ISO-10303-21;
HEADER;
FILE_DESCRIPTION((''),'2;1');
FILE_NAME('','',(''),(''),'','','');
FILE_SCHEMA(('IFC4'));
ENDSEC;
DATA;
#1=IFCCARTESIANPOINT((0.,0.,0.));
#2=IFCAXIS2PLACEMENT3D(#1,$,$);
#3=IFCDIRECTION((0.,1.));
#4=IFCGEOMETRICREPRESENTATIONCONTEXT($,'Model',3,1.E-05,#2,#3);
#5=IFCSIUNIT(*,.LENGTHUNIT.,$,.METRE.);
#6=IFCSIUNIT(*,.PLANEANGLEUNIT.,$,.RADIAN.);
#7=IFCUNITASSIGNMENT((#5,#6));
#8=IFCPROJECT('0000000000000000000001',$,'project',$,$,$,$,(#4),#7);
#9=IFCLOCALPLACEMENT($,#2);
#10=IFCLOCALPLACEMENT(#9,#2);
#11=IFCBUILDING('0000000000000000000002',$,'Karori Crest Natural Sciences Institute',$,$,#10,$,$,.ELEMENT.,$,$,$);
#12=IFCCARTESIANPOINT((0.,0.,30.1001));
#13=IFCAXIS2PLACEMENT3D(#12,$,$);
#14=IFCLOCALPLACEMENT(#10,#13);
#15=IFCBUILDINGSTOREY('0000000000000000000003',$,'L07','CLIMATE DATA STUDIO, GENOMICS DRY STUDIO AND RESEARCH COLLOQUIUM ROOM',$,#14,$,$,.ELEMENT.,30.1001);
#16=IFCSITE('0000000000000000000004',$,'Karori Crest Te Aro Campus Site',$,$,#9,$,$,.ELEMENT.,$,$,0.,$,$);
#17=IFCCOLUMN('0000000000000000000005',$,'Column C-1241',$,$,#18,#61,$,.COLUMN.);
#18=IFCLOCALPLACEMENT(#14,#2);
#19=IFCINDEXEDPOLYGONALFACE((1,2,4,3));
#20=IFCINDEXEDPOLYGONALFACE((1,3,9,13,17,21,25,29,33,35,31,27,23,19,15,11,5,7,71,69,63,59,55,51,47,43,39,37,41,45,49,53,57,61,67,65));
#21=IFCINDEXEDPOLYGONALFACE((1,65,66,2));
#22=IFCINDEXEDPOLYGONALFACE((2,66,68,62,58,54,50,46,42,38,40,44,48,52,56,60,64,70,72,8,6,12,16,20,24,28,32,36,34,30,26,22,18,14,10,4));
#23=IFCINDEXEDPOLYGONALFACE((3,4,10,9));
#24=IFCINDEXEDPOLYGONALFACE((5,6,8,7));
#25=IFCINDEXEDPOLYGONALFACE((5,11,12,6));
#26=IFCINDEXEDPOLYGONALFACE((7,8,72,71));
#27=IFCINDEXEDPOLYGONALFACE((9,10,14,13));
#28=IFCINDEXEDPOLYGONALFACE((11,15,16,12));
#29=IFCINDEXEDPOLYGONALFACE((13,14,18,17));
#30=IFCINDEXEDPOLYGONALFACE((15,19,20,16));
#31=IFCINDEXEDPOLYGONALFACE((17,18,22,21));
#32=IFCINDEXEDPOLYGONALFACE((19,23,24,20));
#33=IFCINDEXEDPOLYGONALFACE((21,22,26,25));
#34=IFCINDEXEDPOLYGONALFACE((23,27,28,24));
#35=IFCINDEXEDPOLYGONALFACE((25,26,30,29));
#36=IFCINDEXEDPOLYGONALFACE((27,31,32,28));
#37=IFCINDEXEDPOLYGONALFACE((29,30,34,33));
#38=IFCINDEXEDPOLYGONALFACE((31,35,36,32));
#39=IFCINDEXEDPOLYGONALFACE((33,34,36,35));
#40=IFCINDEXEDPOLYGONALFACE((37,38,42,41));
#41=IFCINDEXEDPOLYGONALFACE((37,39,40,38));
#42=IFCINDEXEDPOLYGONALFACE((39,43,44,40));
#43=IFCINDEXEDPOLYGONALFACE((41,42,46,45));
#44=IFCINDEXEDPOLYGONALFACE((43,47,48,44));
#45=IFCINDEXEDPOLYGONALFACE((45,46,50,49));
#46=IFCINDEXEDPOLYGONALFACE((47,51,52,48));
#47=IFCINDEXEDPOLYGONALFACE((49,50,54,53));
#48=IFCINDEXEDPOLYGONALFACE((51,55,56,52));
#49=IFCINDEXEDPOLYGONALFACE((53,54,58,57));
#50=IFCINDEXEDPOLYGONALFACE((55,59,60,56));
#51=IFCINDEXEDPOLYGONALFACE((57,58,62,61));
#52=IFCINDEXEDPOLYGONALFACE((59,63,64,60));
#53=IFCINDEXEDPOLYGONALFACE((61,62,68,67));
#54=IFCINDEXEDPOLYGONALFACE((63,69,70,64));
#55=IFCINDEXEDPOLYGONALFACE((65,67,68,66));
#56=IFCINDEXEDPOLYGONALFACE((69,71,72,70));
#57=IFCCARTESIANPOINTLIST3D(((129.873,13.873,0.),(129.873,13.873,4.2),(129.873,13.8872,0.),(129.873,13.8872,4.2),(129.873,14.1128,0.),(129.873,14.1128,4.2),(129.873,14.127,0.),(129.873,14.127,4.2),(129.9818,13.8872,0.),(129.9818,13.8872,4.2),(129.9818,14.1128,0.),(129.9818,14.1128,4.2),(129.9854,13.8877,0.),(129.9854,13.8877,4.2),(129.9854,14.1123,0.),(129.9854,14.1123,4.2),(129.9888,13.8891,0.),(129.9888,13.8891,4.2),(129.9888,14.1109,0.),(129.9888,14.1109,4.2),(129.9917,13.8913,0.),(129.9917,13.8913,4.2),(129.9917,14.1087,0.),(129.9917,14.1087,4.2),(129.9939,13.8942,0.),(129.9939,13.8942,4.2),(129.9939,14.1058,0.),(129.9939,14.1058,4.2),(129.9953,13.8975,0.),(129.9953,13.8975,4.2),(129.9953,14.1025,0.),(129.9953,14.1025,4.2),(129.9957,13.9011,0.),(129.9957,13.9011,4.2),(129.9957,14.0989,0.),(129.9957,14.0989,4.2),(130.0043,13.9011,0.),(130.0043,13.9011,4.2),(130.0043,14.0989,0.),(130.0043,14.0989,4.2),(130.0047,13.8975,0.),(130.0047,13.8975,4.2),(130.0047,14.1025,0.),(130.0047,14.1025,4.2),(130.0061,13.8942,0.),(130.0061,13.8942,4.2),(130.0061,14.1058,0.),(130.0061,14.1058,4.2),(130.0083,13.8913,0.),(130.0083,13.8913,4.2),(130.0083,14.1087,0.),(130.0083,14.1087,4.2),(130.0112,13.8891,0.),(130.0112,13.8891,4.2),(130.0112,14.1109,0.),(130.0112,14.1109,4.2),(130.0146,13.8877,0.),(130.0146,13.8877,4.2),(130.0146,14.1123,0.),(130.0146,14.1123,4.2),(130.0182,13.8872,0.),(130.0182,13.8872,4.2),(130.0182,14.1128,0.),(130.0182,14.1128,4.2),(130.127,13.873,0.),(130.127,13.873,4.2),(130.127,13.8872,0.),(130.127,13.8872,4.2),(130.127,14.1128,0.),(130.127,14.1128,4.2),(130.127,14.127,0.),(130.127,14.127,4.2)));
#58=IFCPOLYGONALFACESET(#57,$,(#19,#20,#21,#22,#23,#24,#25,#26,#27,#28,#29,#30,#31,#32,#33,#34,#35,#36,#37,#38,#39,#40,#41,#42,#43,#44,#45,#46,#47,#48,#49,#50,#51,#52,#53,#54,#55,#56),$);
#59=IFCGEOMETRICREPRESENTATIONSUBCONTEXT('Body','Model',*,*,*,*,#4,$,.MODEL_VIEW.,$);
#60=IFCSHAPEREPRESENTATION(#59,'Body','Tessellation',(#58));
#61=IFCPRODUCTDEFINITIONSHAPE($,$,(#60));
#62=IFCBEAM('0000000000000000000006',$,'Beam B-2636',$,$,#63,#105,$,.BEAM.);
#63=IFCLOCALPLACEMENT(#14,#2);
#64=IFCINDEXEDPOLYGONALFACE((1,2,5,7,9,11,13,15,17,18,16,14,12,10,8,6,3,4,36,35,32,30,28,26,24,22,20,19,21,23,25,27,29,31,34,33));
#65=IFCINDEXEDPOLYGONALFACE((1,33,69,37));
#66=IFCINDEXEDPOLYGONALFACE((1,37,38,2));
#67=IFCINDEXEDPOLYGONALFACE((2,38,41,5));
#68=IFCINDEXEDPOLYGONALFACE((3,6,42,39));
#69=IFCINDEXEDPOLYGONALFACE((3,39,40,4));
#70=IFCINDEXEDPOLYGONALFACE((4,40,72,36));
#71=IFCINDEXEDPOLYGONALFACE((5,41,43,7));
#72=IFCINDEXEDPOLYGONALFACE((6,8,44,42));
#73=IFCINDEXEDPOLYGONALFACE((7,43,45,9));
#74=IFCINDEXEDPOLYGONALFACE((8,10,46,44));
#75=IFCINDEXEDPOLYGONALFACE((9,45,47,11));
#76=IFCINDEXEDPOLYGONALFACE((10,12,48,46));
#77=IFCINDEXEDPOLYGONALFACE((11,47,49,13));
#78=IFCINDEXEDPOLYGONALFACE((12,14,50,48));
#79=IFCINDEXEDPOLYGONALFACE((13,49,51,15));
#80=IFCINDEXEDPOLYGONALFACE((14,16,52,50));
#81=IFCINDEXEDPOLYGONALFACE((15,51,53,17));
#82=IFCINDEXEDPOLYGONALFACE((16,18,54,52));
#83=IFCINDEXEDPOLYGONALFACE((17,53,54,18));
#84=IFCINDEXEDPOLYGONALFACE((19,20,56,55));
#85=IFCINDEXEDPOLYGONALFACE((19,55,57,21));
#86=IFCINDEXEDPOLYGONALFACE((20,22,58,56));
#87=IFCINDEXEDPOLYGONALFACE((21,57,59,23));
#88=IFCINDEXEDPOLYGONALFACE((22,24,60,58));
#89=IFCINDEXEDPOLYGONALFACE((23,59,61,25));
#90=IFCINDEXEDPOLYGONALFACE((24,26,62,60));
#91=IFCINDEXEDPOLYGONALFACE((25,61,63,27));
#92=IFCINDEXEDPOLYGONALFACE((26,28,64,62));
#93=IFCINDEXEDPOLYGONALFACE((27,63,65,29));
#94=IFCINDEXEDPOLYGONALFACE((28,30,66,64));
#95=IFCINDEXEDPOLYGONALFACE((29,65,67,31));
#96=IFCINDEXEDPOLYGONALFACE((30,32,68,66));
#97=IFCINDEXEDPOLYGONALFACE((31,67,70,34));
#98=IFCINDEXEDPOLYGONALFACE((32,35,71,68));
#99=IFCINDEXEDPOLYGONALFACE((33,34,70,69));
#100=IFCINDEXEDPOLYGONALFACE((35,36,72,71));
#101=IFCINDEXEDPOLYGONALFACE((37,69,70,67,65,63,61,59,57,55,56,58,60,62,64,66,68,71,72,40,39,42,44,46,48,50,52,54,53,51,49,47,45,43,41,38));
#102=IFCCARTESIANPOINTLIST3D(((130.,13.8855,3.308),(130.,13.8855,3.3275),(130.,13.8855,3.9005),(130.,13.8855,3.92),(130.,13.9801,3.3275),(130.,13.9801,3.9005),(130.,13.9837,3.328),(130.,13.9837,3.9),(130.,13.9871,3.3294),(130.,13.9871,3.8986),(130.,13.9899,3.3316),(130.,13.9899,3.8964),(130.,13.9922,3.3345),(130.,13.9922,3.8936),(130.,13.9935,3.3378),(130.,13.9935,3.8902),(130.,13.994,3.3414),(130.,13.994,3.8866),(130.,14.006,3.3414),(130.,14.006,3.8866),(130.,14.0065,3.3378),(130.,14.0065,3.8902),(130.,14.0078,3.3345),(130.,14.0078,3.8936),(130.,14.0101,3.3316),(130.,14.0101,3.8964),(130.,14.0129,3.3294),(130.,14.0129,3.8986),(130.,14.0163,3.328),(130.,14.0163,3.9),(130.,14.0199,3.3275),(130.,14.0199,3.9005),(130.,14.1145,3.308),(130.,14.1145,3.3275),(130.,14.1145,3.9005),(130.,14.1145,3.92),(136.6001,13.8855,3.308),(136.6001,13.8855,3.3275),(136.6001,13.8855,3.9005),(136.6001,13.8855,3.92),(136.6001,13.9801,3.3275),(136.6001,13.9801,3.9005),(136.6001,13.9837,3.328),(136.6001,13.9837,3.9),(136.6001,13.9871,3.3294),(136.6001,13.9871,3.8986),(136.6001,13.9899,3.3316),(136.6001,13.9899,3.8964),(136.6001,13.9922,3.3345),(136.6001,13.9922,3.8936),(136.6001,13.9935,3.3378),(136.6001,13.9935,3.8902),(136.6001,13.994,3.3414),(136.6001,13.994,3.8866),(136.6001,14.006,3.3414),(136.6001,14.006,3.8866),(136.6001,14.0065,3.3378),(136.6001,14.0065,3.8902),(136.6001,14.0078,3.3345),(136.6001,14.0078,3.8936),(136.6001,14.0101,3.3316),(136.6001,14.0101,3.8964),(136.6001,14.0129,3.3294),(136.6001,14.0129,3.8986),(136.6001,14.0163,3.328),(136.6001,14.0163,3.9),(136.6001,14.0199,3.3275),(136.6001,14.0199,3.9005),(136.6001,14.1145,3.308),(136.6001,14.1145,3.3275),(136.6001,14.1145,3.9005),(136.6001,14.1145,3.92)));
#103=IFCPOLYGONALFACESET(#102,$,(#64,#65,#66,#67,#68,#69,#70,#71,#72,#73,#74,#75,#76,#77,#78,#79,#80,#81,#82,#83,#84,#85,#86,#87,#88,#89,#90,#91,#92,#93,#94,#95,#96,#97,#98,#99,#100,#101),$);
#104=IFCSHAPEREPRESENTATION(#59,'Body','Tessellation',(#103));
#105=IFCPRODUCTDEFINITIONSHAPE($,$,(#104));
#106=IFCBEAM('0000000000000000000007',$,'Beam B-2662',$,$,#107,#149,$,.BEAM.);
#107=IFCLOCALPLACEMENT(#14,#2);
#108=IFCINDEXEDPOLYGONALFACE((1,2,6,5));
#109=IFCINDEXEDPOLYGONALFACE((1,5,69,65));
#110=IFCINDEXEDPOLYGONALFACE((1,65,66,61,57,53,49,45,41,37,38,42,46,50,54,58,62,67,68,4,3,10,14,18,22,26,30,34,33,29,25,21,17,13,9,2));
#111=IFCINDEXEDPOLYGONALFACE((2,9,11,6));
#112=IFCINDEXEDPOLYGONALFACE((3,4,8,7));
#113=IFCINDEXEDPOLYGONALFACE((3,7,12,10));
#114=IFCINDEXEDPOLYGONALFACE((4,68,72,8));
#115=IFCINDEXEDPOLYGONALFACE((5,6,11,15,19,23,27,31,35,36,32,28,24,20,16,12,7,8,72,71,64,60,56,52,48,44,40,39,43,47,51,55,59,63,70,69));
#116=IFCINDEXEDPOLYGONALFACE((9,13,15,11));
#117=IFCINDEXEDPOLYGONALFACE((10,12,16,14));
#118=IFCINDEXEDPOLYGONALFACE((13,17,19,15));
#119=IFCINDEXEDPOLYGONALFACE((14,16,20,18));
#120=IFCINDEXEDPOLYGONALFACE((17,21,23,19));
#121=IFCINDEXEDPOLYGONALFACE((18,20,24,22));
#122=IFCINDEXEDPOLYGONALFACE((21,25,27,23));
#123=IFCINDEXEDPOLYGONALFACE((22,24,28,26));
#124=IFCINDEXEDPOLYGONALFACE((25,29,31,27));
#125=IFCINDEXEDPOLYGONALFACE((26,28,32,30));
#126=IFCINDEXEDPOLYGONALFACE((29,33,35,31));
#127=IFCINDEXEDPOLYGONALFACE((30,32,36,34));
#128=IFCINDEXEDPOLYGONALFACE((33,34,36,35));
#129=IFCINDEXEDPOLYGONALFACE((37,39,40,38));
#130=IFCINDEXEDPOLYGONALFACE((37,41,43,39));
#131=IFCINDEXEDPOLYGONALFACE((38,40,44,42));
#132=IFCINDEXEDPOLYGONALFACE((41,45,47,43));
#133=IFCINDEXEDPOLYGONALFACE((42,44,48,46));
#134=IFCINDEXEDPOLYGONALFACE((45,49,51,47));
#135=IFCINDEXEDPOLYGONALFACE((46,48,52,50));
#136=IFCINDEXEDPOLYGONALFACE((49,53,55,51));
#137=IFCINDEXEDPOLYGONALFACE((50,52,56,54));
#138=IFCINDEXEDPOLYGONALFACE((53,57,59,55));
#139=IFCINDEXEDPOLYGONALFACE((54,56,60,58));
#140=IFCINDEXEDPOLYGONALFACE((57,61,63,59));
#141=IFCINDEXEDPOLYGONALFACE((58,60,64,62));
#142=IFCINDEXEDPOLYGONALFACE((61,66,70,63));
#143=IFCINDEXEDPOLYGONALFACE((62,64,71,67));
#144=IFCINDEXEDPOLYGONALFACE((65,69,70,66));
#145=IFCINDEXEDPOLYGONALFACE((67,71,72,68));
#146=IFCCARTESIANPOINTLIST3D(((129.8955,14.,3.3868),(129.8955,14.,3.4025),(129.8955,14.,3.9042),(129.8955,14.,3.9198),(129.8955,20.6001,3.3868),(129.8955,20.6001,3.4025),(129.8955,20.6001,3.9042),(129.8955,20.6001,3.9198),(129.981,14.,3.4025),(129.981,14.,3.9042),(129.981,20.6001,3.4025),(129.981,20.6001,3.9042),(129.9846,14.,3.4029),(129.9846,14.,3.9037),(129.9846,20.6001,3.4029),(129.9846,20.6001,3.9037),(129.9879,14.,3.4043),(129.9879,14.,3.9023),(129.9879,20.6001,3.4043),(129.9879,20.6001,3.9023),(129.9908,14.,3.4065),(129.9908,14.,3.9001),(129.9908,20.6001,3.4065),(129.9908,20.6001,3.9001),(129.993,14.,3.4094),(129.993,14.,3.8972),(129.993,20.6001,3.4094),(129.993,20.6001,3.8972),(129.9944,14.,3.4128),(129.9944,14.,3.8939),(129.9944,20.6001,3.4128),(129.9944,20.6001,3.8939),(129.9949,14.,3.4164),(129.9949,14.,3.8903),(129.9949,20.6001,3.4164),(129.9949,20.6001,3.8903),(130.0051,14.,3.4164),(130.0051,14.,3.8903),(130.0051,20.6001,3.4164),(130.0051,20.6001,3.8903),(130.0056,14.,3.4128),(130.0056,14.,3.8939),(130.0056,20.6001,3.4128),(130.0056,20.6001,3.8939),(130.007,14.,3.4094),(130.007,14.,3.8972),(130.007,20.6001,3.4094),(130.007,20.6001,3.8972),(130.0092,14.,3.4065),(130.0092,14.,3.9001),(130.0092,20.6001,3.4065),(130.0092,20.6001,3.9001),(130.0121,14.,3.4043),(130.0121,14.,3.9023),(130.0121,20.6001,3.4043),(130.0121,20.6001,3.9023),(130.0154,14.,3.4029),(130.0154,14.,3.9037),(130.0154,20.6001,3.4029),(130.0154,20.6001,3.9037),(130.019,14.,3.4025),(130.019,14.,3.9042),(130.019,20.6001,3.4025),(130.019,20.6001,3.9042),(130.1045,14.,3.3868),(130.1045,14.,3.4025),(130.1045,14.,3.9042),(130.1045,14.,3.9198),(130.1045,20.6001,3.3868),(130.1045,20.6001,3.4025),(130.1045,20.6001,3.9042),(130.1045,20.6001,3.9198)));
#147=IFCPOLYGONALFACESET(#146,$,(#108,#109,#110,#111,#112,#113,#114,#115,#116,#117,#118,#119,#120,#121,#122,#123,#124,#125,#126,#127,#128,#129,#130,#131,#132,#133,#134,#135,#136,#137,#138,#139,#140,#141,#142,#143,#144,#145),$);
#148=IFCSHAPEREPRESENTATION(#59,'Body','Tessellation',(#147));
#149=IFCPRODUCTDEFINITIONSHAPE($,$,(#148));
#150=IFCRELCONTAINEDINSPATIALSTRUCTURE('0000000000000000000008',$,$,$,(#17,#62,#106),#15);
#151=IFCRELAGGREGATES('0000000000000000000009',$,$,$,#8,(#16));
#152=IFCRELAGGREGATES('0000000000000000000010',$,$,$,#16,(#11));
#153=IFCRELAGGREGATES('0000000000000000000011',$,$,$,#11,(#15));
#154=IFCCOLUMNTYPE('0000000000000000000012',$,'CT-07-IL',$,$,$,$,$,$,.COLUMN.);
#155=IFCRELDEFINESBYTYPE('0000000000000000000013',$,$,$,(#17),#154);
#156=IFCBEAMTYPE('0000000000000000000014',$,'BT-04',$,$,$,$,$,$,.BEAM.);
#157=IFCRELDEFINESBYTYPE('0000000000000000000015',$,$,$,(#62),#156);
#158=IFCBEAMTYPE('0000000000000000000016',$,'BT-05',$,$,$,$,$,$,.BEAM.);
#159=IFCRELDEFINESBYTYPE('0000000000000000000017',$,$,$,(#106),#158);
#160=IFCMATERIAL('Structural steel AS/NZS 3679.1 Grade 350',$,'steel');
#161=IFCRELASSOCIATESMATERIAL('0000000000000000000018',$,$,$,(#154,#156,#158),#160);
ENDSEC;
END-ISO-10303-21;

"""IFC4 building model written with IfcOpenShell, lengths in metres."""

from ifc_helpers import new_model, si_unit, direction, frame, origin, origin_2d, place, context, subcontext, project, spatial, i_section, extrude, material, material_profile, profile_set, type_object, element, save


model = new_model("IFC4")

# Units and contexts
model_context = context("Model", 3, precision=1e-05, world=origin(), true_north=direction((0.0, 1.0)))
body_context = subcontext(model_context, "Body", "Model", "MODEL_VIEW")
ifc_project = project(units=[si_unit("LENGTHUNIT", "METRE"), si_unit("PLANEANGLEUNIT", "RADIAN")], contexts=[model_context])

# Site, building, storey
site_placement = place(None, origin())
site = spatial("IfcSite", under=ifc_project, at=site_placement, Name="Karori Crest Te Aro Campus Site", CompositionType="ELEMENT", RefElevation=0.0)
building_placement = place(site_placement, origin())
building = spatial("IfcBuilding", under=site, at=building_placement, Name="Karori Crest Natural Sciences Institute", CompositionType="ELEMENT")
storey_placement = place(building_placement, frame((0.0, 0.0, 30.1001)))
storey = spatial("IfcBuildingStorey", under=building, at=storey_placement, Name="L07", Description="CLIMATE DATA STUDIO, GENOMICS DRY STUDIO AND RESEARCH COLLOQUIUM ROOM", CompositionType="ELEMENT", Elevation=30.1001)

# Column
ifc_material_1 = material(Name="Structural steel AS/NZS 3679.1 Grade 350", Category="steel")
ifc_material_profile_1 = material_profile(ifc_material_1, i_section(OverallWidth=0.2539, OverallDepth=0.2539, WebThickness=0.0085, FlangeThickness=0.0142, FilletRadius=0.0139, at=origin_2d()), Name="250UC72.9")
ifc_profile_set_1 = profile_set([ifc_material_profile_1], Name="Structural steel AS/NZS 3679.1 Grade 350")
column_type = type_object("IfcColumnType", Name="CT-07-IL", PredefinedType="COLUMN", material=ifc_profile_set_1)
column_placement = place(storey_placement, frame((130.0, 14.0, 0.0), z_axis=(0.0, 0.0, 1.0), x_axis=(1.0, 0.0, 0.0)))
element("IfcColumn", 1, at=column_placement, inside=storey, type_object=column_type, Name="Column C-1241", PredefinedType="COLUMN", context=body_context, shape_type="SweptSolid", body=[
    extrude(i_section(OverallWidth=0.2539, OverallDepth=0.2539, WebThickness=0.0085, FlangeThickness=0.0142, FilletRadius=0.0139, at=origin_2d()), origin(), (0.0, 0.0, 1.0), 4.2),
])

# Beams
ifc_material_profile_2 = material_profile(ifc_material_1, i_section(OverallWidth=0.229, OverallDepth=0.6121, WebThickness=0.012, FlangeThickness=0.0195, FilletRadius=0.0139, at=origin_2d()), Name="610UB125")
ifc_profile_set_2 = profile_set([ifc_material_profile_2], Name="Structural steel AS/NZS 3679.1 Grade 350")
beam_type_1 = type_object("IfcBeamType", Name="BT-04", PredefinedType="BEAM", material=ifc_profile_set_2)
beam_1_placement = place(storey_placement, frame((130.0, 14.0, 3.614), z_axis=(1.0, 0.0, 0.0), x_axis=(0.0, 1.0, 0.0)))
element("IfcBeam", 2, at=beam_1_placement, inside=storey, type_object=beam_type_1, Name="Beam B-2636", PredefinedType="BEAM", context=body_context, shape_type="SweptSolid", body=[
    extrude(i_section(OverallWidth=0.229, OverallDepth=0.6121, WebThickness=0.012, FlangeThickness=0.0195, FilletRadius=0.0139, at=origin_2d()), origin(), (0.0, 0.0, 1.0), 6.6001),
])
ifc_material_profile_3 = material_profile(ifc_material_1, i_section(OverallWidth=0.209, OverallDepth=0.533, WebThickness=0.0103, FlangeThickness=0.0156, FilletRadius=0.0139, at=origin_2d()), Name="530UB92.4")
ifc_profile_set_3 = profile_set([ifc_material_profile_3], Name="Structural steel AS/NZS 3679.1 Grade 350")
beam_type_2 = type_object("IfcBeamType", Name="BT-05", PredefinedType="BEAM", material=ifc_profile_set_3)
beam_2_placement = place(storey_placement, frame((130.0, 14.0, 3.6533), z_axis=(0.0, 1.0, 0.0), x_axis=(-1.0, 0.0, 0.0)))
element("IfcBeam", 3, at=beam_2_placement, inside=storey, type_object=beam_type_2, Name="Beam B-2662", PredefinedType="BEAM", context=body_context, shape_type="SweptSolid", body=[
    extrude(i_section(OverallWidth=0.209, OverallDepth=0.533, WebThickness=0.0103, FlangeThickness=0.0156, FilletRadius=0.0139, at=origin_2d()), origin(), (0.0, 0.0, 1.0), 6.6001),
])

save(model, "model.ifc")
